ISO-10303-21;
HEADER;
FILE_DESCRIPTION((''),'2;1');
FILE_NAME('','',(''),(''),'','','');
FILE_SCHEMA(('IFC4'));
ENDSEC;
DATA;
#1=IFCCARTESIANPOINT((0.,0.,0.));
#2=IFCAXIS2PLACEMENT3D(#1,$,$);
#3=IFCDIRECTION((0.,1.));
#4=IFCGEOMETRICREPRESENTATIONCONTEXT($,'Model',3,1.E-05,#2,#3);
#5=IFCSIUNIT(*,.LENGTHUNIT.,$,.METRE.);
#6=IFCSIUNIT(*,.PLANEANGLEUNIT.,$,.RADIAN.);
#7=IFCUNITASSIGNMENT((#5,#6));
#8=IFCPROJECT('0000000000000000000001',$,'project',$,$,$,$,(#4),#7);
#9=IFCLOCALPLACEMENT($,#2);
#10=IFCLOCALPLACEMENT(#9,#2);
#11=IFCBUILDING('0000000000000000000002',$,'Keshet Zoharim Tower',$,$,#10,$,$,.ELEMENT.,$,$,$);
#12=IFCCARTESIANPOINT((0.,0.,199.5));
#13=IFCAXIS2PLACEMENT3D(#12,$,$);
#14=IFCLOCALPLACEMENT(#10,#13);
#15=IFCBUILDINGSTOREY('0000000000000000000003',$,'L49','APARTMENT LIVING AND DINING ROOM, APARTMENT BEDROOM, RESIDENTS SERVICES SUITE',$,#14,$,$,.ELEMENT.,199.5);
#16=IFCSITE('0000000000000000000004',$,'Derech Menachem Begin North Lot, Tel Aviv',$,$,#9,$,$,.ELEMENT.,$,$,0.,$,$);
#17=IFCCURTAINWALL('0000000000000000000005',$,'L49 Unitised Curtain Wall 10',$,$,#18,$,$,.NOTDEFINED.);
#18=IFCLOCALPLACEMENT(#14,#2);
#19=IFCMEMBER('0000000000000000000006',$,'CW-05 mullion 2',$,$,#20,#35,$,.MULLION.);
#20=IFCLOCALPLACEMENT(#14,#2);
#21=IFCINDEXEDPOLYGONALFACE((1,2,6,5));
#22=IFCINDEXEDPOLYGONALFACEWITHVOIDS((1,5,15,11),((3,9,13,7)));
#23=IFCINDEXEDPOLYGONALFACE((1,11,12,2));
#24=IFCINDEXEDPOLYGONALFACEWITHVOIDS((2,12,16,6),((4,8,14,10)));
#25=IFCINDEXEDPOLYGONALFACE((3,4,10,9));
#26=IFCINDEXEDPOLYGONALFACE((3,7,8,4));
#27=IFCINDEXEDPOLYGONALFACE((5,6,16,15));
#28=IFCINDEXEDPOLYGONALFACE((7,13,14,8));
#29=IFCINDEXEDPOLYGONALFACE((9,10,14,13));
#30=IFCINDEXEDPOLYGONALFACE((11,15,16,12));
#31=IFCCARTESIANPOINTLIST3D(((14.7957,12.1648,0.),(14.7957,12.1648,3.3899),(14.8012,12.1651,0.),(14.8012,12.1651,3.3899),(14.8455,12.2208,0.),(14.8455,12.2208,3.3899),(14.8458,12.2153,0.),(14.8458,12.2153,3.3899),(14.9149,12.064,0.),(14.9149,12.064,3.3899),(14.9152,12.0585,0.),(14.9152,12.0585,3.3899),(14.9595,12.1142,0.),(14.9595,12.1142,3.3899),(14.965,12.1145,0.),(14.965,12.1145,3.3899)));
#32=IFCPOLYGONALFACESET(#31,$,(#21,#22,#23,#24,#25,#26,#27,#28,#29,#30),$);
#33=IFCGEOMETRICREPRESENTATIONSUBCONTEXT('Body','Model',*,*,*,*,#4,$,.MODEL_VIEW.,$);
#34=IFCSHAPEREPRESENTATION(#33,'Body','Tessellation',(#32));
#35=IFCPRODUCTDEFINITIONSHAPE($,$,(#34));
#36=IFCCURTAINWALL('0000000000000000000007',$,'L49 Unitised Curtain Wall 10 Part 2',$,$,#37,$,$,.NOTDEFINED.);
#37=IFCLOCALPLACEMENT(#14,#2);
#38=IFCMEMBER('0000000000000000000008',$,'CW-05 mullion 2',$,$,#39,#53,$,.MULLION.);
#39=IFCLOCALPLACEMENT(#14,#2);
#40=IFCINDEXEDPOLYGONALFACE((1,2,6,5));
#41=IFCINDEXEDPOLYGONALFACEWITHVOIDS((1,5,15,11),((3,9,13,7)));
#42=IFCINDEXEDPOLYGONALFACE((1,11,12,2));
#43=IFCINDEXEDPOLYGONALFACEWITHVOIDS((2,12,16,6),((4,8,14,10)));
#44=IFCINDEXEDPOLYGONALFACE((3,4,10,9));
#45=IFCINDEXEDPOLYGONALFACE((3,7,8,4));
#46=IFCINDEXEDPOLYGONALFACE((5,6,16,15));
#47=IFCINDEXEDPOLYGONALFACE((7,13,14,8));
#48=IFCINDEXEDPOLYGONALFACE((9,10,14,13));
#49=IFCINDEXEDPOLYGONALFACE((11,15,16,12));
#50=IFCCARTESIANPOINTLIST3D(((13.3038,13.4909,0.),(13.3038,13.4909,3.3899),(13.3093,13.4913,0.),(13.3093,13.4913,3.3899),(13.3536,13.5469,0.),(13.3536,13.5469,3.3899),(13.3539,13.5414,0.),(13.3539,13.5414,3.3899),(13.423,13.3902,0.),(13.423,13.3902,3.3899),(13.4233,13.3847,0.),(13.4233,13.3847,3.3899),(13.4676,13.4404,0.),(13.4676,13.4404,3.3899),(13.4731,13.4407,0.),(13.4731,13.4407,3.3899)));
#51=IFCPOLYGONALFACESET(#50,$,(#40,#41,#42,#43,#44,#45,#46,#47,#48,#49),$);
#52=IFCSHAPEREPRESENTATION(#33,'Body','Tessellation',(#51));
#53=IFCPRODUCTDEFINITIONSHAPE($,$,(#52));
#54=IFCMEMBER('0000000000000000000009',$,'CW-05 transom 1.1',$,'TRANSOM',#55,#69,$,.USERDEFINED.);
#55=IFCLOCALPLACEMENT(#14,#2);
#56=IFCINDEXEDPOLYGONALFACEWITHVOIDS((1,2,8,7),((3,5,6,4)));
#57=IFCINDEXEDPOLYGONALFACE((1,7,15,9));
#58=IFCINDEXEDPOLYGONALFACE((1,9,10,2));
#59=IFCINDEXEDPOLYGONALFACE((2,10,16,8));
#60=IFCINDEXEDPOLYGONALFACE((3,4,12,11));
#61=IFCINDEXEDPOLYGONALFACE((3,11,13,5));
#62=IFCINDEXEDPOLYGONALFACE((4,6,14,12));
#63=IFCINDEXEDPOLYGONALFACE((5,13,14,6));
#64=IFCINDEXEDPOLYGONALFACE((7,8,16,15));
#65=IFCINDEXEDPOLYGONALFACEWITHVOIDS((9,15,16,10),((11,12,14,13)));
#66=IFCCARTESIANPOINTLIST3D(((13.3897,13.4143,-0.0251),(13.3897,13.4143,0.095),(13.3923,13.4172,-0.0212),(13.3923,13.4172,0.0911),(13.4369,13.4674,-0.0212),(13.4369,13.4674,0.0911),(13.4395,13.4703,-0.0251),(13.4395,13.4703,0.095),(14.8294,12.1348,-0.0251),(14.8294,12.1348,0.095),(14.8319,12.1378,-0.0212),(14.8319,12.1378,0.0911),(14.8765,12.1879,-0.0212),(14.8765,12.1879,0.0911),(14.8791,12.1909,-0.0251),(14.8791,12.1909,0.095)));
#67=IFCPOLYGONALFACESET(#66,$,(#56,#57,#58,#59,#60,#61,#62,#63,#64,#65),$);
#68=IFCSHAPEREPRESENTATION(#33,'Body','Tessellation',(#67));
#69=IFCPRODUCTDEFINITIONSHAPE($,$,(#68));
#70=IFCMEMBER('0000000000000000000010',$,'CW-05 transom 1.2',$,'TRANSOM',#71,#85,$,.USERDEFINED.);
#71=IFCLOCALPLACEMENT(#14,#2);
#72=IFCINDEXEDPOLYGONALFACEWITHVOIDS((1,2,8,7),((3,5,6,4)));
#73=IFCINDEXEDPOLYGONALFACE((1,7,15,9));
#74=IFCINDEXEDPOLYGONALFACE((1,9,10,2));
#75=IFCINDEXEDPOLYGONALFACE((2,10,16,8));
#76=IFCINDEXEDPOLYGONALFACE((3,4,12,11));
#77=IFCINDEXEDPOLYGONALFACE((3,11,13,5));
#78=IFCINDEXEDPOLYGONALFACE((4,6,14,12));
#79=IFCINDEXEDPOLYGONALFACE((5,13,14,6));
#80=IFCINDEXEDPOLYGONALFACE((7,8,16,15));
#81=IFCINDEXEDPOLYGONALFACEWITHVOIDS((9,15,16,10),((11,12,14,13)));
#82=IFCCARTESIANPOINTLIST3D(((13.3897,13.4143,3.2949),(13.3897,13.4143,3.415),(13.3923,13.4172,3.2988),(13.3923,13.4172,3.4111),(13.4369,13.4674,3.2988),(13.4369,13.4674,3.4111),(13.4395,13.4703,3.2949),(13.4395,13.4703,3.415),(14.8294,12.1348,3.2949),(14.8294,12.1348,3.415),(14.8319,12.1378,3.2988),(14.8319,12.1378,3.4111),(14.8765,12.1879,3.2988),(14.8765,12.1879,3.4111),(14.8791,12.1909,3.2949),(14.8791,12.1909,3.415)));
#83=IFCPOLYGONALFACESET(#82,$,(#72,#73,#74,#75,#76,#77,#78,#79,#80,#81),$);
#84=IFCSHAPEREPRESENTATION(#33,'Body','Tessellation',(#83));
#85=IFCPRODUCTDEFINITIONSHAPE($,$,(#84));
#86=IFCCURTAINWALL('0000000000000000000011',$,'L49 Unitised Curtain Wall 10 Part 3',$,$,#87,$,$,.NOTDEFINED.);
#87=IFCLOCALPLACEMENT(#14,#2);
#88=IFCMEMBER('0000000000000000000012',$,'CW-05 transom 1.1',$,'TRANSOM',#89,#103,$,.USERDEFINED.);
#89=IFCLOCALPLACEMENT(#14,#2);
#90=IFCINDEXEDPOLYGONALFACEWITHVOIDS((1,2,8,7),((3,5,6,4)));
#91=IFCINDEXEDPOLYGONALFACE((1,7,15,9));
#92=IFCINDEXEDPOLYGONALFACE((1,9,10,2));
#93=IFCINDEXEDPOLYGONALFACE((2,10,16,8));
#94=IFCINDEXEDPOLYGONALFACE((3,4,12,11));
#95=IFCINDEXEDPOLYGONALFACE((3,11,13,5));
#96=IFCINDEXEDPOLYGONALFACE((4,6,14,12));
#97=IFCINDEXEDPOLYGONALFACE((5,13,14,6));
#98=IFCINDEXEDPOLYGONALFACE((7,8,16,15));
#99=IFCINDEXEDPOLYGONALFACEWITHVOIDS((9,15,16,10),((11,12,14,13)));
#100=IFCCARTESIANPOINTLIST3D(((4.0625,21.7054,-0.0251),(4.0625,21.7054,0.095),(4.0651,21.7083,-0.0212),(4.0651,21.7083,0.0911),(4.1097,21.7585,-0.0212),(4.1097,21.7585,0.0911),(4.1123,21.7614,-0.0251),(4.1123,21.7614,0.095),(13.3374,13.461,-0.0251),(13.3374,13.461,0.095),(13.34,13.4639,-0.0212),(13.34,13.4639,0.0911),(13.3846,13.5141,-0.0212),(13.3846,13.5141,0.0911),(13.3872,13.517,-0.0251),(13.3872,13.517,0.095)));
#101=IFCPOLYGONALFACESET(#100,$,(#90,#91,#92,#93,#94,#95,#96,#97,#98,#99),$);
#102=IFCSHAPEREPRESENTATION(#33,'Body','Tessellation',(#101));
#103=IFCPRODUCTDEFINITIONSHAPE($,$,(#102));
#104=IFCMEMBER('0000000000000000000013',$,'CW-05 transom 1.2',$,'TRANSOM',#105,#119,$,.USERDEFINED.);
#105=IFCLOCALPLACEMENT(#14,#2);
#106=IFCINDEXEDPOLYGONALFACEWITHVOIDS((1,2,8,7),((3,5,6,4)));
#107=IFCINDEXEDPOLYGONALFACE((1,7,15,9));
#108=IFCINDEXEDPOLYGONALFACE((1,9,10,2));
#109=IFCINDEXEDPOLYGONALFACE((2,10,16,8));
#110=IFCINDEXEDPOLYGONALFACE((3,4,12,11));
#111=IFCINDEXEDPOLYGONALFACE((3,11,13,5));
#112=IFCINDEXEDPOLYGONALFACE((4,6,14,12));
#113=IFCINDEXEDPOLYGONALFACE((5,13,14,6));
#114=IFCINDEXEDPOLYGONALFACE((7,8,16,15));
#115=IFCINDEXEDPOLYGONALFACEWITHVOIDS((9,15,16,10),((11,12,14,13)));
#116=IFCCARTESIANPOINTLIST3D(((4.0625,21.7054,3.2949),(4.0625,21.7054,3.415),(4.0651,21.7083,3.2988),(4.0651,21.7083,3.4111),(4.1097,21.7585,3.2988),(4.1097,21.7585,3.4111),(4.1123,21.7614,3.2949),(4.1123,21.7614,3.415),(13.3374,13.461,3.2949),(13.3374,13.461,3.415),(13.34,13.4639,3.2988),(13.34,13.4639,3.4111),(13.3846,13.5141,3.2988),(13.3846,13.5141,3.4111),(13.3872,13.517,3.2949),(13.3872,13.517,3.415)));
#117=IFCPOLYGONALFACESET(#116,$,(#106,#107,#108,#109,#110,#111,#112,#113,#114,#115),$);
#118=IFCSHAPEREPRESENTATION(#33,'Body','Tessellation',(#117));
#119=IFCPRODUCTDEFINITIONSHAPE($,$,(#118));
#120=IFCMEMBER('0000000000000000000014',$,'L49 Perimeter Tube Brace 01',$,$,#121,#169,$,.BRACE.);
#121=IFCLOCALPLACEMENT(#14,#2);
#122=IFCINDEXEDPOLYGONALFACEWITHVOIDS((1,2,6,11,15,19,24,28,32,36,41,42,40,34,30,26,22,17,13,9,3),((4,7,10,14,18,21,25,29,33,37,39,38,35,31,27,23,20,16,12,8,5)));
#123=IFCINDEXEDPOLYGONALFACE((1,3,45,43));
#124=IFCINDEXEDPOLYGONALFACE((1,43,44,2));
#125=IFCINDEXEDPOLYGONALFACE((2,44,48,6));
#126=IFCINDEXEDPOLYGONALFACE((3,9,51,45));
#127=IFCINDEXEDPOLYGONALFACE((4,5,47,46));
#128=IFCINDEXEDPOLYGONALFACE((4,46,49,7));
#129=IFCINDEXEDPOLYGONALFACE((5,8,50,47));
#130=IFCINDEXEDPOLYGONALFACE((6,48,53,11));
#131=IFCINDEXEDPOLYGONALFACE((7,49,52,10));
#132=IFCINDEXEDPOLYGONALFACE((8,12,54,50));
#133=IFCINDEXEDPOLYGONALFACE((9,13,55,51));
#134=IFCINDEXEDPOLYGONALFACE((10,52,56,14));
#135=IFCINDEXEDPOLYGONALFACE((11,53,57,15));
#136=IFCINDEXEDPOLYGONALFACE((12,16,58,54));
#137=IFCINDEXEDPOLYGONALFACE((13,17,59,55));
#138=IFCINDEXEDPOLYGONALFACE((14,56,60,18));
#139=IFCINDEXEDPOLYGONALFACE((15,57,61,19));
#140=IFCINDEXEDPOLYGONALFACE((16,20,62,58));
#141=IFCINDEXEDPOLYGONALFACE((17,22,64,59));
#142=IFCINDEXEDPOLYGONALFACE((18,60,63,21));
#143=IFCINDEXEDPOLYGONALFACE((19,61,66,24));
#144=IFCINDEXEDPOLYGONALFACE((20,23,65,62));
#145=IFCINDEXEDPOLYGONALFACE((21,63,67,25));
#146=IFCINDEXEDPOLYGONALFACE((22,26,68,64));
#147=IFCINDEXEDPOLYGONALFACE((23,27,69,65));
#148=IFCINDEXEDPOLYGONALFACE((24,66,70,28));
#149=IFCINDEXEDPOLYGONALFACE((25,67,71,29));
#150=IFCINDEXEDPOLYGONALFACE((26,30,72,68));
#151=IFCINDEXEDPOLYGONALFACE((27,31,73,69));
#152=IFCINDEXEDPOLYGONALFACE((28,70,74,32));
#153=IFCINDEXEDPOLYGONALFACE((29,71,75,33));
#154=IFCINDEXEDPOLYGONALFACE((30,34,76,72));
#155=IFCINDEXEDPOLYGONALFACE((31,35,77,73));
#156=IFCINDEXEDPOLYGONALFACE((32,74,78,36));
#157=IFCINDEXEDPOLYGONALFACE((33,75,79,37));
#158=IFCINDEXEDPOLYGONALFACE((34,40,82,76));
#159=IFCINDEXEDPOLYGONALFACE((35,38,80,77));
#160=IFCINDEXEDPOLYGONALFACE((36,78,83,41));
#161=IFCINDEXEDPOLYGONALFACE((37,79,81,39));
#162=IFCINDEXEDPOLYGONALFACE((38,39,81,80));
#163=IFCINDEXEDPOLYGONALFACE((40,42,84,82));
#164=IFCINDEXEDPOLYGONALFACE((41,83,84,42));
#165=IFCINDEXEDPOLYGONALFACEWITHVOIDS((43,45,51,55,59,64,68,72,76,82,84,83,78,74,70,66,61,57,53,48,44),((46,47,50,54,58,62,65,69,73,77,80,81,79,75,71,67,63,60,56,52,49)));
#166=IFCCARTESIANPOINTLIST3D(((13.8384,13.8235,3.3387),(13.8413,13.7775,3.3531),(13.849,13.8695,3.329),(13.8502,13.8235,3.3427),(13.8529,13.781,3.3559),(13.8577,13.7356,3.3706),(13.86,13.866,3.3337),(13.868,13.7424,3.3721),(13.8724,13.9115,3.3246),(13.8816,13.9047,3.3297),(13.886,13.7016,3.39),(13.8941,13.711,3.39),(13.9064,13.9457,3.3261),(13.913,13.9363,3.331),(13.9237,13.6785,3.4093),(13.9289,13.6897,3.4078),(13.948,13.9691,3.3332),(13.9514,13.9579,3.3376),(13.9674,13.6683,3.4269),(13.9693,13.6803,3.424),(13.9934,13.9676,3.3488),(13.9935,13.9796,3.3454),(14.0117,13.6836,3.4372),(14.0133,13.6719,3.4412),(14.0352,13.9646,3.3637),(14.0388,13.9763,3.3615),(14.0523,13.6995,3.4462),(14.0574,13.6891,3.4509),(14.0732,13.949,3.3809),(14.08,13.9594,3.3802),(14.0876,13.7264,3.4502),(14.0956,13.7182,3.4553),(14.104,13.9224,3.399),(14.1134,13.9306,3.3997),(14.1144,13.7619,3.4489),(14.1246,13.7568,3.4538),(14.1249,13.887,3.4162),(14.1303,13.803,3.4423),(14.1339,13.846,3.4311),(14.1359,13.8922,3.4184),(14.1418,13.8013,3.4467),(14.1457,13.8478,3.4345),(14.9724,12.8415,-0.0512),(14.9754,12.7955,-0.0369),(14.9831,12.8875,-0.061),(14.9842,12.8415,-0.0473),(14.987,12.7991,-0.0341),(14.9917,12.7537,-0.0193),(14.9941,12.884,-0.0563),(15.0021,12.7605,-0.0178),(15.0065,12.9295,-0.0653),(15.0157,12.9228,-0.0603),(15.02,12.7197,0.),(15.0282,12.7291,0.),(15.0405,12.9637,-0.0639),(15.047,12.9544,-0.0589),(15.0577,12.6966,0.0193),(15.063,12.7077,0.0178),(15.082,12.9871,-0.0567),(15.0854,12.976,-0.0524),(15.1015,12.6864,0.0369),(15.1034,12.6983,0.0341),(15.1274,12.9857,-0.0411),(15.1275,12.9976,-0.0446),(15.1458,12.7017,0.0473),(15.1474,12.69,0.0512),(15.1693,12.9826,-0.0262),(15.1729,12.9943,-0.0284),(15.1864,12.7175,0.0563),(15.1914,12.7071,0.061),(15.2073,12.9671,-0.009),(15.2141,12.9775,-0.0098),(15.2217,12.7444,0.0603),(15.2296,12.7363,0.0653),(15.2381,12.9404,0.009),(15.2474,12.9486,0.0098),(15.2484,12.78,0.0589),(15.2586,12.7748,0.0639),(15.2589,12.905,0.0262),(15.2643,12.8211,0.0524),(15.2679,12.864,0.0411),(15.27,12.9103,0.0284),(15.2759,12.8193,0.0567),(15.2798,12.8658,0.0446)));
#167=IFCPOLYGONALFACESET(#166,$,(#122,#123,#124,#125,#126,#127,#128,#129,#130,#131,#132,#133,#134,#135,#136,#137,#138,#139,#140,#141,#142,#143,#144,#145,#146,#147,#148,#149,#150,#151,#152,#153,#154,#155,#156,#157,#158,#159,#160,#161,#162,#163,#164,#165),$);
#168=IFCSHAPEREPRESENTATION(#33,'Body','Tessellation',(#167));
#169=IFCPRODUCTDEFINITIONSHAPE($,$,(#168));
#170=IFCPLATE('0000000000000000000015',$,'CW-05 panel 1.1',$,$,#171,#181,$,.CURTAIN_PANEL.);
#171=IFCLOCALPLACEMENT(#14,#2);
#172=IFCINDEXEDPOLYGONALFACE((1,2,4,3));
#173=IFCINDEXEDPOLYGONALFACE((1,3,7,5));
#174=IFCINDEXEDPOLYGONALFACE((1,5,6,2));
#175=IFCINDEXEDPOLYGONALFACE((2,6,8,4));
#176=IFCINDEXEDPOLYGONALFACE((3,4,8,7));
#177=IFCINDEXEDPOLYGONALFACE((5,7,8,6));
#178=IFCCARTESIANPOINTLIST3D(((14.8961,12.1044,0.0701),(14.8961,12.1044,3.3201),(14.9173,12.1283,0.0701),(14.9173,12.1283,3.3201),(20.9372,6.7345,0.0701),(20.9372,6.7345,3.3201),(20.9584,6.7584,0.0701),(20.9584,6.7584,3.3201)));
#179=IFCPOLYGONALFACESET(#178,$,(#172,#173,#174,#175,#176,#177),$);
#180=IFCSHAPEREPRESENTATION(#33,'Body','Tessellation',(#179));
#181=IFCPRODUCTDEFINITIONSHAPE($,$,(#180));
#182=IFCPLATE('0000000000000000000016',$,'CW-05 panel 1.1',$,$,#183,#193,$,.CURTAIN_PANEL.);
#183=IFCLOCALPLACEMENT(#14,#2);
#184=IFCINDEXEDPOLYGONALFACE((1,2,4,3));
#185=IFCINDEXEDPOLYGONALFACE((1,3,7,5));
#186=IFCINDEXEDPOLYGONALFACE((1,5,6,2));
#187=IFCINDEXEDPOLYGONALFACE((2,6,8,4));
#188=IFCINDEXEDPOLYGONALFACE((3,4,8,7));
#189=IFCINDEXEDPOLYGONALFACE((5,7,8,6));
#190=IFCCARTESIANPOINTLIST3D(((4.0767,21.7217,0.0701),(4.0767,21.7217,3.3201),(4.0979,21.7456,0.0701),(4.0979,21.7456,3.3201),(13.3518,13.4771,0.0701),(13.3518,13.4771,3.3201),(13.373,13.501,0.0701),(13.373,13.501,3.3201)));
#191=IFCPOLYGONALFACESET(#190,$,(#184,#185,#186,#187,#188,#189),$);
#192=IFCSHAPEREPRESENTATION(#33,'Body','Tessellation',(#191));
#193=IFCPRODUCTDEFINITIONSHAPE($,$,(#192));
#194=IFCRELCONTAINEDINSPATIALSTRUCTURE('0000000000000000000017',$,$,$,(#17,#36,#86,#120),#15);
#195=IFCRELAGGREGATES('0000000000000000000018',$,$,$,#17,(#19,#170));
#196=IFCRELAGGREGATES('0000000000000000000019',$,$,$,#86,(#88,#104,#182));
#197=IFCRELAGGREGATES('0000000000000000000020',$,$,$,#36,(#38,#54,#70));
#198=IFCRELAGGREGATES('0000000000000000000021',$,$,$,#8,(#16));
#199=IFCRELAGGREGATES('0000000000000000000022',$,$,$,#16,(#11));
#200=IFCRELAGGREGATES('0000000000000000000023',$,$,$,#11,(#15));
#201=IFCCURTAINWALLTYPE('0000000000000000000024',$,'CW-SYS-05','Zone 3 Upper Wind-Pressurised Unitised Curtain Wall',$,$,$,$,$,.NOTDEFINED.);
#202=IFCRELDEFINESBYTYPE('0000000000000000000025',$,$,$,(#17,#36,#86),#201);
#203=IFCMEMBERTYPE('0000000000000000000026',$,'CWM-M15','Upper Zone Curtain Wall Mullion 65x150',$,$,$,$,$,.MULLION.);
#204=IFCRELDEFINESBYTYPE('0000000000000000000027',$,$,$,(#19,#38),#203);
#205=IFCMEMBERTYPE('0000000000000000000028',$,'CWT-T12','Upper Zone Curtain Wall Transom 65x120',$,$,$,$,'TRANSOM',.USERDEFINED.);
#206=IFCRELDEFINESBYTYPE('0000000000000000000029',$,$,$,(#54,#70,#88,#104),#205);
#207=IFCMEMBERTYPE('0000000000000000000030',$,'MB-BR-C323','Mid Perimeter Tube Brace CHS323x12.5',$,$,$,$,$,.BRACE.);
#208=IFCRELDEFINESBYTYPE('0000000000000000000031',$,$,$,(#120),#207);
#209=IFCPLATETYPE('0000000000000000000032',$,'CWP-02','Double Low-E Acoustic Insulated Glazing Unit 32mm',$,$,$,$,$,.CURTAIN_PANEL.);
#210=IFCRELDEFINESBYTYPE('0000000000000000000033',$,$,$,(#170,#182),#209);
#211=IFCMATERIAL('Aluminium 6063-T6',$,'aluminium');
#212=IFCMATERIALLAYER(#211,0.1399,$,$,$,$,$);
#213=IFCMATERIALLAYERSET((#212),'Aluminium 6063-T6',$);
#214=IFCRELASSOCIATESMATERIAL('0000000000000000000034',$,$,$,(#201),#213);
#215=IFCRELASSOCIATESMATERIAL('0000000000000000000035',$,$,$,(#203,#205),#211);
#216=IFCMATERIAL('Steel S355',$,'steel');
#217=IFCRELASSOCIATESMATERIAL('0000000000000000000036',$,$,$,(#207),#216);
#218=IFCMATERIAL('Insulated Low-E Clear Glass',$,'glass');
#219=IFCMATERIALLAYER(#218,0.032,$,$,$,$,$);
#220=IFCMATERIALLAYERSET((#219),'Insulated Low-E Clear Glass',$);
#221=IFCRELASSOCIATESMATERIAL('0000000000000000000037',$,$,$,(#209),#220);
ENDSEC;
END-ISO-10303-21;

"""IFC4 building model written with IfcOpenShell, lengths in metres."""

from ifc_helpers import new_model, si_unit, direction, frame, origin, origin_2d, place, context, subcontext, project, spatial, rectangle, hollow_rectangle, hollow_circle, extrude, material, layer, layer_set, material_profile, profile_set, type_object, element, aggregate, save


model = new_model("IFC4")

# Units and contexts
model_context = context("Model", 3, precision=1e-05, world=origin(), true_north=direction((0.0, 1.0)))
body_context = subcontext(model_context, "Body", "Model", "MODEL_VIEW")
ifc_project = project(units=[si_unit("LENGTHUNIT", "METRE"), si_unit("PLANEANGLEUNIT", "RADIAN")], contexts=[model_context])

# Site, building, storey
site_placement = place(None, origin())
site = spatial("IfcSite", under=ifc_project, at=site_placement, Name="Derech Menachem Begin North Lot, Tel Aviv", CompositionType="ELEMENT", RefElevation=0.0)
building_placement = place(site_placement, origin())
building = spatial("IfcBuilding", under=site, at=building_placement, Name="Keshet Zoharim Tower", CompositionType="ELEMENT")
storey_placement = place(building_placement, frame((0.0, 0.0, 199.5)))
storey = spatial("IfcBuildingStorey", under=building, at=storey_placement, Name="L49", Description="APARTMENT LIVING AND DINING ROOM, APARTMENT BEDROOM, RESIDENTS SERVICES SUITE", CompositionType="ELEMENT", Elevation=199.5)

# Shared definitions
ifc_material_1 = material(Name="Steel S355", Category="steel")

# Curtain wall, member
ifc_material_2 = material(Name="Aluminium 6063-T6", Category="aluminium")
ifc_layer_1 = layer(ifc_material_2, 0.1399)
ifc_layer_set_1 = layer_set([ifc_layer_1], Name="Aluminium 6063-T6")
curtain_wall_type = type_object("IfcCurtainWallType", Name="CW-SYS-05", Description="Zone 3 Upper Wind-Pressurised Unitised Curtain Wall", PredefinedType="NOTDEFINED", material=ifc_layer_set_1)
curtain_wall_1_placement = place(storey_placement, origin())
curtain_wall_1 = element("IfcCurtainWall", 1, at=curtain_wall_1_placement, inside=storey, type_object=curtain_wall_type, Name="L49 Unitised Curtain Wall 10", PredefinedType="NOTDEFINED")
ifc_material_profile_1 = material_profile(ifc_material_2, hollow_rectangle(XDim=0.075, YDim=0.1599, WallThickness=0.0039, at=origin_2d()), Name="MUL-75x160")
ifc_profile_set_1 = profile_set([ifc_material_profile_1], Name="Aluminium 6063-T6")
member_type_1 = type_object("IfcMemberType", Name="CWM-M15", Description="Upper Zone Curtain Wall Mullion 65x150", PredefinedType="MULLION", material=ifc_profile_set_1)
member_1_placement = place(storey_placement, frame((14.8804, 12.1396, 0.0), z_axis=(0.0, 0.0, 1.0), x_axis=(-0.664368, -0.747406, 0.0)))
member_1 = element("IfcMember", 2, at=member_1_placement, type_object=member_type_1, Name="CW-05 mullion 2", PredefinedType="MULLION", context=body_context, shape_type="SweptSolid", body=[
    extrude(hollow_rectangle(XDim=0.075, YDim=0.1599, WallThickness=0.0039, at=origin_2d()), origin(), (0.0, 0.0, 1.0), 3.3899),
])

# Curtain walls, members
curtain_wall_2_placement = place(storey_placement, origin())
curtain_wall_2 = element("IfcCurtainWall", 3, at=curtain_wall_2_placement, inside=storey, type_object=curtain_wall_type, Name="L49 Unitised Curtain Wall 10 Part 2", PredefinedType="NOTDEFINED")
member_2_placement = place(storey_placement, frame((13.3884, 13.4658, 0.0), z_axis=(0.0, 0.0, 1.0), x_axis=(-0.66433, -0.74744, 0.0)))
member_2 = element("IfcMember", 4, at=member_2_placement, type_object=member_type_1, Name="CW-05 mullion 2", PredefinedType="MULLION", context=body_context, shape_type="SweptSolid", body=[
    extrude(hollow_rectangle(XDim=0.075, YDim=0.1599, WallThickness=0.0039, at=origin_2d()), origin(), (0.0, 0.0, 1.0), 3.3899),
])
ifc_material_profile_2 = material_profile(ifc_material_2, hollow_rectangle(XDim=0.075, YDim=0.1201, WallThickness=0.0039, at=origin_2d()), Name="TRN-75x120")
ifc_profile_set_2 = profile_set([ifc_material_profile_2], Name="Aluminium 6063-T6")
member_type_2 = type_object("IfcMemberType", Name="CWT-T12", Description="Upper Zone Curtain Wall Transom 65x120", ElementType="TRANSOM", PredefinedType="USERDEFINED", material=ifc_profile_set_2)
member_3_placement = place(storey_placement, frame((14.8542, 12.1628, 0.0349), z_axis=(-0.747458, 0.664309, 0.0), x_axis=(-0.664309, -0.747458, 0.0)))
member_3 = element("IfcMember", 5, at=member_3_placement, type_object=member_type_2, Name="CW-05 transom 1.1", ObjectType="TRANSOM", PredefinedType="USERDEFINED", context=body_context, shape_type="SweptSolid", body=[
    extrude(hollow_rectangle(XDim=0.075, YDim=0.1201, WallThickness=0.0039, at=origin_2d()), origin(), (0.0, 0.0, 1.0), 1.926),
])
member_4_placement = place(storey_placement, frame((14.8542, 12.1628, 3.355), z_axis=(-0.747458, 0.664309, 0.0), x_axis=(-0.664309, -0.747458, 0.0)))
member_4 = element("IfcMember", 6, at=member_4_placement, type_object=member_type_2, Name="CW-05 transom 1.2", ObjectType="TRANSOM", PredefinedType="USERDEFINED", context=body_context, shape_type="SweptSolid", body=[
    extrude(hollow_rectangle(XDim=0.075, YDim=0.1201, WallThickness=0.0039, at=origin_2d()), origin(), (0.0, 0.0, 1.0), 1.926),
])
curtain_wall_3_placement = place(storey_placement, origin())
curtain_wall_3 = element("IfcCurtainWall", 7, at=curtain_wall_3_placement, inside=storey, type_object=curtain_wall_type, Name="L49 Unitised Curtain Wall 10 Part 3", PredefinedType="NOTDEFINED")
member_5_placement = place(storey_placement, frame((13.3623, 13.489, 0.0349), z_axis=(-0.747408, 0.664365, 0.0), x_axis=(-0.664365, -0.747408, 0.0)))
member_5 = element("IfcMember", 8, at=member_5_placement, type_object=member_type_2, Name="CW-05 transom 1.1", ObjectType="TRANSOM", PredefinedType="USERDEFINED", context=body_context, shape_type="SweptSolid", body=[
    extrude(hollow_rectangle(XDim=0.075, YDim=0.1201, WallThickness=0.0039, at=origin_2d()), origin(), (0.0, 0.0, 1.0), 12.4094),
])
member_6_placement = place(storey_placement, frame((13.3623, 13.489, 3.355), z_axis=(-0.747408, 0.664365, 0.0), x_axis=(-0.664365, -0.747408, 0.0)))
member_6 = element("IfcMember", 9, at=member_6_placement, type_object=member_type_2, Name="CW-05 transom 1.2", ObjectType="TRANSOM", PredefinedType="USERDEFINED", context=body_context, shape_type="SweptSolid", body=[
    extrude(hollow_rectangle(XDim=0.075, YDim=0.1201, WallThickness=0.0039, at=origin_2d()), origin(), (0.0, 0.0, 1.0), 12.4094),
])

# Member
ifc_material_profile_3 = material_profile(ifc_material_1, hollow_circle(Radius=0.1619, WallThickness=0.0125, at=origin_2d()), Name="CHS323x12.5")
ifc_profile_set_3 = profile_set([ifc_material_profile_3], Name="Steel S355")
member_type_3 = type_object("IfcMemberType", Name="MB-BR-C323", Description="Mid Perimeter Tube Brace CHS323x12.5", PredefinedType="BRACE", material=ifc_profile_set_3)
member_7_placement = place(storey_placement, frame((15.126, 12.842, 0.0), z_axis=(-0.30592, 0.264889, 0.914466), x_axis=(-0.65459, -0.755984, 0.0)))
element("IfcMember", 10, at=member_7_placement, inside=storey, type_object=member_type_3, Name="L49 Perimeter Tube Brace 01", PredefinedType="BRACE", context=body_context, shape_type="SweptSolid", body=[
    extrude(hollow_circle(Radius=0.1619, WallThickness=0.0125, at=origin_2d()), origin(), (0.0, 0.0, 1.0), 3.707),
])

# Plates
ifc_material_3 = material(Name="Insulated Low-E Clear Glass", Category="glass")
ifc_layer_2 = layer(ifc_material_3, 0.032)
ifc_layer_set_2 = layer_set([ifc_layer_2], Name="Insulated Low-E Clear Glass")
plate_type_1 = type_object("IfcPlateType", Name="CWP-02", Description="Double Low-E Acoustic Insulated Glazing Unit 32mm", PredefinedType="CURTAIN_PANEL", material=ifc_layer_set_2)
plate_1_placement = place(storey_placement, frame((17.9272, 9.4314, 0.0701), z_axis=(0.0, 0.0, 1.0), x_axis=(-0.747406, 0.664368, 0.0)))
plate_1 = element("IfcPlate", 11, at=plate_1_placement, type_object=plate_type_1, Name="CW-05 panel 1.1", PredefinedType="CURTAIN_PANEL", context=body_context, shape_type="SweptSolid", body=[
    extrude(rectangle(XDim=8.0828, YDim=0.032, at=origin_2d()), origin(), (0.0, 0.0, 1.0), 3.25),
])
aggregate(curtain_wall_1, [member_1, plate_1])
plate_2_placement = place(storey_placement, frame((8.7249, 17.6113, 0.0701), z_axis=(0.0, 0.0, 1.0), x_axis=(-0.747407, 0.664367, 0.0)))
plate_2 = element("IfcPlate", 12, at=plate_2_placement, type_object=plate_type_1, Name="CW-05 panel 1.1", PredefinedType="CURTAIN_PANEL", context=body_context, shape_type="SweptSolid", body=[
    extrude(rectangle(XDim=12.4097, YDim=0.032, at=origin_2d()), origin(), (0.0, 0.0, 1.0), 3.25),
])
aggregate(curtain_wall_3, [member_5, member_6, plate_2])
aggregate(curtain_wall_2, [member_2, member_3, member_4])

save(model, "model.ifc")
